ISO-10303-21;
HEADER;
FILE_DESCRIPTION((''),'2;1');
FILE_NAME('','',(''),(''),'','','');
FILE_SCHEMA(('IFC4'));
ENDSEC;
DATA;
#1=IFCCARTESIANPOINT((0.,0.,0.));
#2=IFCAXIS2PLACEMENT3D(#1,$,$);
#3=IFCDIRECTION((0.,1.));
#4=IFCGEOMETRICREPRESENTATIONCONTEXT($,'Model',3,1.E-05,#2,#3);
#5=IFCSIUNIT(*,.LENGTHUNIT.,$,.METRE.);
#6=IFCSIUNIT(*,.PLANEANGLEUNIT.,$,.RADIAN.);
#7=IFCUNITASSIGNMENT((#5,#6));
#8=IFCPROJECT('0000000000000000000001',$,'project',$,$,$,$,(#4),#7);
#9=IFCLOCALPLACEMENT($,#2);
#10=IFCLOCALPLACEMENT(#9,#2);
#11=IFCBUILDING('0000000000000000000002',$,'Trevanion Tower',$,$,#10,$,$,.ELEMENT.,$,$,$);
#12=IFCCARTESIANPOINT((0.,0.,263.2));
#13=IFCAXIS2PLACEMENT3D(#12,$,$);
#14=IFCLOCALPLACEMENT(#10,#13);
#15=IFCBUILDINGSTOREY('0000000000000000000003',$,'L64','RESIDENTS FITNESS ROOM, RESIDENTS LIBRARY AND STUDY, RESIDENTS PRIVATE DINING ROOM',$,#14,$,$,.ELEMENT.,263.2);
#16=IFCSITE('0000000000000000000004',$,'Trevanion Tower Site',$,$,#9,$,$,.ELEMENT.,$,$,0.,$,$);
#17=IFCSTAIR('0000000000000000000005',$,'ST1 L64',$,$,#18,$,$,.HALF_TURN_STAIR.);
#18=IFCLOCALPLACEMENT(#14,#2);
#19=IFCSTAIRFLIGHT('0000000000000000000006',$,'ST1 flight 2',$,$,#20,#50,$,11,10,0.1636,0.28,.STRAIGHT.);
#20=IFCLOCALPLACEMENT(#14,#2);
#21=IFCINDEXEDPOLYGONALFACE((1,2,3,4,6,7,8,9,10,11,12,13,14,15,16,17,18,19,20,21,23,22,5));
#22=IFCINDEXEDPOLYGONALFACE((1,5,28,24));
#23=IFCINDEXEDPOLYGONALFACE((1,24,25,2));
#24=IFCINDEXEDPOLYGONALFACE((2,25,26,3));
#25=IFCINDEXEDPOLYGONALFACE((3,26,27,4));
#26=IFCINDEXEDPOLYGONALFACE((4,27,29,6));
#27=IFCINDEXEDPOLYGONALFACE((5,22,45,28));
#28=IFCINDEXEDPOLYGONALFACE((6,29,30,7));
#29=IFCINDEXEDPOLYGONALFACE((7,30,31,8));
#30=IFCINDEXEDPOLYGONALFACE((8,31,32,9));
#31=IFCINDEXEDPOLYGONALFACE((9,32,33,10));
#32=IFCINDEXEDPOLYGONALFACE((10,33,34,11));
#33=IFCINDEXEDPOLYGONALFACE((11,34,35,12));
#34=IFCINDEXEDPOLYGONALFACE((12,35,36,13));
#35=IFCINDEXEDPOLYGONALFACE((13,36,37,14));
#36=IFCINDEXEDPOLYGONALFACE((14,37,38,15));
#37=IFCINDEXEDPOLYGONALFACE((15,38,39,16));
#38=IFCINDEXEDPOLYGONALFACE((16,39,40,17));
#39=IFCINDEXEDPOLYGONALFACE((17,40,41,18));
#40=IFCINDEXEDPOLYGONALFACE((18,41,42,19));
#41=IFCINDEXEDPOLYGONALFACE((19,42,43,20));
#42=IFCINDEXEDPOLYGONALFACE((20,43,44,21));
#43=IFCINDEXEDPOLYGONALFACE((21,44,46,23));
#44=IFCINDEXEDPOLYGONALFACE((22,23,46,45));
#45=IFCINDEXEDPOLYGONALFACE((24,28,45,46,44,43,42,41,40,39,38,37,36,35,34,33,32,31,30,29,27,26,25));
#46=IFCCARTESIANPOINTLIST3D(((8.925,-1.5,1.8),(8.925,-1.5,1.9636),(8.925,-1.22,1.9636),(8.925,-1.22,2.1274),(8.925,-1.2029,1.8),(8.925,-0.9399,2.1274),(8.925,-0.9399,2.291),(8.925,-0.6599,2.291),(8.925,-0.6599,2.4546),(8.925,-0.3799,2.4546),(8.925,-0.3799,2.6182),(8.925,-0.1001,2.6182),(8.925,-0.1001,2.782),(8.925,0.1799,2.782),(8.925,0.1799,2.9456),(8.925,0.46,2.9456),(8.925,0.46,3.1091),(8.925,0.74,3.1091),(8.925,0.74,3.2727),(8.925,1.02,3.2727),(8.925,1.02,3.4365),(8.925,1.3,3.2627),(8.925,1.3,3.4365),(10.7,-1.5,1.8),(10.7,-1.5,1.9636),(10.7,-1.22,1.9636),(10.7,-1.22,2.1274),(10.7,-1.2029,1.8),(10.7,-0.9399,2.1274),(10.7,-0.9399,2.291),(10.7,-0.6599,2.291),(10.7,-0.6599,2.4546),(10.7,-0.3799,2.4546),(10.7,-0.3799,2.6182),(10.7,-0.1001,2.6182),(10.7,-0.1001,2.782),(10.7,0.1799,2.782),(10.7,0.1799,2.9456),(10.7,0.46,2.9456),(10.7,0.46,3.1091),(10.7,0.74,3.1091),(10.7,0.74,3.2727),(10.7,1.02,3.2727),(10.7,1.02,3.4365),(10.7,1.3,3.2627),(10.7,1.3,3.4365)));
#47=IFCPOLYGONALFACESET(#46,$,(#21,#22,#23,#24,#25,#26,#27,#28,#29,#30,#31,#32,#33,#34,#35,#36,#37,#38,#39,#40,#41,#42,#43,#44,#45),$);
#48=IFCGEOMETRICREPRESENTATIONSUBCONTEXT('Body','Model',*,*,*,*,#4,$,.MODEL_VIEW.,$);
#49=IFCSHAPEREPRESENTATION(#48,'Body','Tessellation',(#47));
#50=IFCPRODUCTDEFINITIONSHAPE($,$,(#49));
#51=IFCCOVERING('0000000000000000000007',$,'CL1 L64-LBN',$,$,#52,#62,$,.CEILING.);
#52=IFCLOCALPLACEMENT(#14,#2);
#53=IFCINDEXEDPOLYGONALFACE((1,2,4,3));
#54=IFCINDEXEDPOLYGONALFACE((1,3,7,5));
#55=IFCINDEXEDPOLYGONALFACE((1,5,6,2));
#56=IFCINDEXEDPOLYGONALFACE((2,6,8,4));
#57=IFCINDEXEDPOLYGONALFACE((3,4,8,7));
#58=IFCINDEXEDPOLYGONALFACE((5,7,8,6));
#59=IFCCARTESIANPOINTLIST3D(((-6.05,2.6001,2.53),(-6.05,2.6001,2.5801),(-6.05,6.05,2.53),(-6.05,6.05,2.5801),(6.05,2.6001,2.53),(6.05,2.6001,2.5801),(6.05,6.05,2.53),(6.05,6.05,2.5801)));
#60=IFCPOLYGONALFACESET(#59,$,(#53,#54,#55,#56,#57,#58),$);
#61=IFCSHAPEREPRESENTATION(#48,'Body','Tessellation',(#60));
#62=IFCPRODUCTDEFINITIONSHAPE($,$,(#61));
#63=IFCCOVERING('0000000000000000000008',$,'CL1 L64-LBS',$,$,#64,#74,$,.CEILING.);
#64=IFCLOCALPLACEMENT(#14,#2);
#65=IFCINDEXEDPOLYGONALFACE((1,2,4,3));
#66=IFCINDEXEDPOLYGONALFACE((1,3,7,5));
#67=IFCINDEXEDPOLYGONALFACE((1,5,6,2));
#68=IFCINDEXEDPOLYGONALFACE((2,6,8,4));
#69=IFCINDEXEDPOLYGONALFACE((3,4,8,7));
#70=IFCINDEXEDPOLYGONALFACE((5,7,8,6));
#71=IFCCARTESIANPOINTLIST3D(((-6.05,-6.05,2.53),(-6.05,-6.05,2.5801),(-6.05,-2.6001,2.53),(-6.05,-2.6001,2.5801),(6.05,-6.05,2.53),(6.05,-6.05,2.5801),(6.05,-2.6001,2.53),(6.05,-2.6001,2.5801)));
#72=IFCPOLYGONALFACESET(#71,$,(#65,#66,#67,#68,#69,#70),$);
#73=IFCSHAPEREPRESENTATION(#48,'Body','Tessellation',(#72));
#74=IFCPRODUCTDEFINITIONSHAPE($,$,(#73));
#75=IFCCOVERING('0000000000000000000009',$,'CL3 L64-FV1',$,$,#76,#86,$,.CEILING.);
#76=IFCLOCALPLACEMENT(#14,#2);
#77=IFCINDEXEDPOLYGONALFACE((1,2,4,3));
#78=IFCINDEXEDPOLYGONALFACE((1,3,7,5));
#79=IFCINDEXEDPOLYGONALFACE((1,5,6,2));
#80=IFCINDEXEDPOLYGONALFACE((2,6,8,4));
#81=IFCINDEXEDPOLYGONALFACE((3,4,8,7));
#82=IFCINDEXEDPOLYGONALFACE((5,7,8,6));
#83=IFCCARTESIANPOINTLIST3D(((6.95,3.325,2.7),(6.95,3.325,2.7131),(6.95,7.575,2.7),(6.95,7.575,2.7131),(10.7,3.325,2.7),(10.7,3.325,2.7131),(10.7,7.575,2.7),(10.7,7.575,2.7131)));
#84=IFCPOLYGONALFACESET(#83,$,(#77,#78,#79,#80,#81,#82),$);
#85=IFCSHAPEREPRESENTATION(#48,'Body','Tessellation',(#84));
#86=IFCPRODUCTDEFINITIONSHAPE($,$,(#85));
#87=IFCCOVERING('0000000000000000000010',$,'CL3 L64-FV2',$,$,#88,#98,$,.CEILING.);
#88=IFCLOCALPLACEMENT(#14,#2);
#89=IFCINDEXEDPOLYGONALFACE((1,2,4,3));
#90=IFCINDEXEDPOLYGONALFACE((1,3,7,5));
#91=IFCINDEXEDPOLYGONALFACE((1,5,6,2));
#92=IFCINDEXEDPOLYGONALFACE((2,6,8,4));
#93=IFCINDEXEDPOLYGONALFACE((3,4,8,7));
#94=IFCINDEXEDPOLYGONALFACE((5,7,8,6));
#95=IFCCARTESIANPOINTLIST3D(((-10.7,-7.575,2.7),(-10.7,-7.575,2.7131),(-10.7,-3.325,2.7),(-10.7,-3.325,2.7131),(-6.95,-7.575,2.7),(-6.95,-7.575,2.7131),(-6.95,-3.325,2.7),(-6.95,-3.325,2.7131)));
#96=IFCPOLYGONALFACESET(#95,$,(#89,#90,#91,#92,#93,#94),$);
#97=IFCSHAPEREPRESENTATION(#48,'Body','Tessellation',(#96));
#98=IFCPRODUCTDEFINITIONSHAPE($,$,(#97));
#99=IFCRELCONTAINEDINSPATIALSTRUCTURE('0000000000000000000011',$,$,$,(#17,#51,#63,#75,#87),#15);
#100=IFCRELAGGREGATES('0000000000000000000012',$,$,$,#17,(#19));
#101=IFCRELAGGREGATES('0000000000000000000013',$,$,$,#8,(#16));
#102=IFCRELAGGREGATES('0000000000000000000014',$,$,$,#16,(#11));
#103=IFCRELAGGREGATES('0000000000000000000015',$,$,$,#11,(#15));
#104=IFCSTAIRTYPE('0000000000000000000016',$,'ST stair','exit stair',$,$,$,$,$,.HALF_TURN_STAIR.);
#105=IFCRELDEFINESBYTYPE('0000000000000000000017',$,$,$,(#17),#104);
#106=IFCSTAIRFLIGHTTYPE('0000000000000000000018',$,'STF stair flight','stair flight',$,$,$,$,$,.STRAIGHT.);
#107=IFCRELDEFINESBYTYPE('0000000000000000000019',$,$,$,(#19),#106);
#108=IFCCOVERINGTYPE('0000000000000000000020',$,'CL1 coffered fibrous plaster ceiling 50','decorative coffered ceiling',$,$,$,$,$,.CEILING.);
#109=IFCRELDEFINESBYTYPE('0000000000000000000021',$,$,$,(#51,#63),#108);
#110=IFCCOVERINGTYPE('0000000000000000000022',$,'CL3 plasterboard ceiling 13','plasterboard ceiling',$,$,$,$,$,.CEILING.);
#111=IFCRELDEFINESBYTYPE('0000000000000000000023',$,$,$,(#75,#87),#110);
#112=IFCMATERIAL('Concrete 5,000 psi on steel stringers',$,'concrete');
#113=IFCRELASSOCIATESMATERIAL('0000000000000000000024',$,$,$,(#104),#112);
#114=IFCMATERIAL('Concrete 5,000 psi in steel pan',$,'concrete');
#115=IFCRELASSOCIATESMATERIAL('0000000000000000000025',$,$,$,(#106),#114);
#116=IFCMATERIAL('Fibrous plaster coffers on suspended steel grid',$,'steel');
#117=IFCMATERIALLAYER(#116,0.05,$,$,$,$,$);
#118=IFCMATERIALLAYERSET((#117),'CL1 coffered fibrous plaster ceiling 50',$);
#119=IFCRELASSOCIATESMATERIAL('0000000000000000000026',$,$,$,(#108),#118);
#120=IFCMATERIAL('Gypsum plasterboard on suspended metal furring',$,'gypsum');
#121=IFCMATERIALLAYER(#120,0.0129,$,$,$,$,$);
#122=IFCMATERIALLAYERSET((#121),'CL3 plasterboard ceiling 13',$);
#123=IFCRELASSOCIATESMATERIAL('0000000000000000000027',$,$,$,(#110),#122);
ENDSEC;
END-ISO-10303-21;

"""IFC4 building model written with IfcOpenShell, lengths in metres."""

from ifc_helpers import new_model, si_unit, direction, frame, origin, place, context, subcontext, project, spatial, polyline, outline, extrude, material, layer, layer_set, type_object, element, aggregate, save


model = new_model("IFC4")

# Units and contexts
model_context = context("Model", 3, precision=1e-05, world=origin(), true_north=direction((0.0, 1.0)))
body_context = subcontext(model_context, "Body", "Model", "MODEL_VIEW")
ifc_project = project(units=[si_unit("LENGTHUNIT", "METRE"), si_unit("PLANEANGLEUNIT", "RADIAN")], contexts=[model_context])

# Site, building, storey
site_placement = place(None, origin())
site = spatial("IfcSite", under=ifc_project, at=site_placement, Name="Trevanion Tower Site", CompositionType="ELEMENT", RefElevation=0.0)
building_placement = place(site_placement, origin())
building = spatial("IfcBuilding", under=site, at=building_placement, Name="Trevanion Tower", CompositionType="ELEMENT")
storey_placement = place(building_placement, frame((0.0, 0.0, 263.2)))
storey = spatial("IfcBuildingStorey", under=building, at=storey_placement, Name="L64", Description="RESIDENTS FITNESS ROOM, RESIDENTS LIBRARY AND STUDY, RESIDENTS PRIVATE DINING ROOM", CompositionType="ELEMENT", Elevation=263.2)

# Stair
ifc_material_1 = material(Name="Concrete 5,000 psi on steel stringers", Category="concrete")
stair_type = type_object("IfcStairType", Name="ST stair", Description="exit stair", PredefinedType="HALF_TURN_STAIR", material=ifc_material_1)
stair_1_placement = place(storey_placement, origin())
stair_1 = element("IfcStair", 1, at=stair_1_placement, inside=storey, type_object=stair_type, Name="ST1 L64", PredefinedType="HALF_TURN_STAIR")

# Stair flight
ifc_material_2 = material(Name="Concrete 5,000 psi in steel pan", Category="concrete")
stair_flight_type = type_object("IfcStairFlightType", Name="STF stair flight", Description="stair flight", PredefinedType="STRAIGHT", material=ifc_material_2)
stair_flight_placement = place(storey_placement, frame((9.8125, -1.5, 1.8), z_axis=(0.0, 0.0, 1.0), x_axis=(0.0, 1.0, 0.0)))
stair_flight = element("IfcStairFlight", 2, at=stair_flight_placement, type_object=stair_flight_type, Name="ST1 flight 2", NumberOfRisers=11, NumberOfTreads=10, PredefinedType="STRAIGHT", RiserHeight=0.1636, TreadLength=0.28, context=body_context, shape_type="SweptSolid", body=[
    extrude(outline(polyline([(0.0, 0.0), (0.0, 0.1636), (0.28, 0.1636), (0.28, 0.3274), (0.5601, 0.3274), (0.5601, 0.491), (0.8401, 0.491), (0.8401, 0.6545), (1.1201, 0.6545), (1.1201, 0.8181), (1.3999, 0.8181), (1.3999, 0.9819), (1.6799, 0.9819), (1.6799, 1.1455), (1.96, 1.1455), (1.96, 1.3091), (2.24, 1.3091), (2.24, 1.4727), (2.52, 1.4727), (2.52, 1.6365), (2.8, 1.6365), (2.8, 1.8), (2.8, 1.4626), (0.2971, 0.0), (0.0, 0.0)])), frame((0.0, 0.8875, 0.0), z_axis=(0.0, -1.0, 0.0), x_axis=(1.0, 0.0, 0.0)), (0.0, 0.0, 1.0), 1.7749),
])
aggregate(stair_1, [stair_flight])

# Coverings
ifc_material_3 = material(Name="Fibrous plaster coffers on suspended steel grid", Category="steel")
ifc_layer_1 = layer(ifc_material_3, 0.05)
ifc_layer_set_1 = layer_set([ifc_layer_1], Name="CL1 coffered fibrous plaster ceiling 50")
covering_type_1 = type_object("IfcCoveringType", Name="CL1 coffered fibrous plaster ceiling 50", Description="decorative coffered ceiling", PredefinedType="CEILING", material=ifc_layer_set_1)
covering_1_placement = place(storey_placement, frame((0.0, 0.0, 2.53)))
element("IfcCovering", 3, at=covering_1_placement, inside=storey, type_object=covering_type_1, Name="CL1 L64-LBN", PredefinedType="CEILING", context=body_context, shape_type="SweptSolid", body=[
    extrude(outline(polyline([(6.05, 2.6001), (6.05, 6.05), (-6.05, 6.05), (-6.05, 2.6001), (6.05, 2.6001)])), origin(), (0.0, 0.0, 1.0), 0.05),
])
covering_2_placement = place(storey_placement, frame((0.0, 0.0, 2.53)))
element("IfcCovering", 4, at=covering_2_placement, inside=storey, type_object=covering_type_1, Name="CL1 L64-LBS", PredefinedType="CEILING", context=body_context, shape_type="SweptSolid", body=[
    extrude(outline(polyline([(6.05, -6.05), (6.05, -2.6001), (-6.05, -2.6001), (-6.05, -6.05), (6.05, -6.05)])), origin(), (0.0, 0.0, 1.0), 0.05),
])
ifc_material_4 = material(Name="Gypsum plasterboard on suspended metal furring", Category="gypsum")
ifc_layer_2 = layer(ifc_material_4, 0.0129)
ifc_layer_set_2 = layer_set([ifc_layer_2], Name="CL3 plasterboard ceiling 13")
covering_type_2 = type_object("IfcCoveringType", Name="CL3 plasterboard ceiling 13", Description="plasterboard ceiling", PredefinedType="CEILING", material=ifc_layer_set_2)
covering_3_placement = place(storey_placement, frame((0.0, 0.0, 2.7)))
element("IfcCovering", 5, at=covering_3_placement, inside=storey, type_object=covering_type_2, Name="CL3 L64-FV1", PredefinedType="CEILING", context=body_context, shape_type="SweptSolid", body=[
    extrude(outline(polyline([(10.7, 3.325), (10.7, 7.575), (6.95, 7.575), (6.95, 3.325), (10.7, 3.325)])), origin(), (0.0, 0.0, 1.0), 0.0132),
])
covering_4_placement = place(storey_placement, frame((0.0, 0.0, 2.7)))
element("IfcCovering", 6, at=covering_4_placement, inside=storey, type_object=covering_type_2, Name="CL3 L64-FV2", PredefinedType="CEILING", context=body_context, shape_type="SweptSolid", body=[
    extrude(outline(polyline([(-10.7, -3.325), (-10.7, -7.575), (-6.95, -7.575), (-6.95, -3.325), (-10.7, -3.325)])), origin(), (0.0, 0.0, 1.0), 0.0132),
])

save(model, "model.ifc")
